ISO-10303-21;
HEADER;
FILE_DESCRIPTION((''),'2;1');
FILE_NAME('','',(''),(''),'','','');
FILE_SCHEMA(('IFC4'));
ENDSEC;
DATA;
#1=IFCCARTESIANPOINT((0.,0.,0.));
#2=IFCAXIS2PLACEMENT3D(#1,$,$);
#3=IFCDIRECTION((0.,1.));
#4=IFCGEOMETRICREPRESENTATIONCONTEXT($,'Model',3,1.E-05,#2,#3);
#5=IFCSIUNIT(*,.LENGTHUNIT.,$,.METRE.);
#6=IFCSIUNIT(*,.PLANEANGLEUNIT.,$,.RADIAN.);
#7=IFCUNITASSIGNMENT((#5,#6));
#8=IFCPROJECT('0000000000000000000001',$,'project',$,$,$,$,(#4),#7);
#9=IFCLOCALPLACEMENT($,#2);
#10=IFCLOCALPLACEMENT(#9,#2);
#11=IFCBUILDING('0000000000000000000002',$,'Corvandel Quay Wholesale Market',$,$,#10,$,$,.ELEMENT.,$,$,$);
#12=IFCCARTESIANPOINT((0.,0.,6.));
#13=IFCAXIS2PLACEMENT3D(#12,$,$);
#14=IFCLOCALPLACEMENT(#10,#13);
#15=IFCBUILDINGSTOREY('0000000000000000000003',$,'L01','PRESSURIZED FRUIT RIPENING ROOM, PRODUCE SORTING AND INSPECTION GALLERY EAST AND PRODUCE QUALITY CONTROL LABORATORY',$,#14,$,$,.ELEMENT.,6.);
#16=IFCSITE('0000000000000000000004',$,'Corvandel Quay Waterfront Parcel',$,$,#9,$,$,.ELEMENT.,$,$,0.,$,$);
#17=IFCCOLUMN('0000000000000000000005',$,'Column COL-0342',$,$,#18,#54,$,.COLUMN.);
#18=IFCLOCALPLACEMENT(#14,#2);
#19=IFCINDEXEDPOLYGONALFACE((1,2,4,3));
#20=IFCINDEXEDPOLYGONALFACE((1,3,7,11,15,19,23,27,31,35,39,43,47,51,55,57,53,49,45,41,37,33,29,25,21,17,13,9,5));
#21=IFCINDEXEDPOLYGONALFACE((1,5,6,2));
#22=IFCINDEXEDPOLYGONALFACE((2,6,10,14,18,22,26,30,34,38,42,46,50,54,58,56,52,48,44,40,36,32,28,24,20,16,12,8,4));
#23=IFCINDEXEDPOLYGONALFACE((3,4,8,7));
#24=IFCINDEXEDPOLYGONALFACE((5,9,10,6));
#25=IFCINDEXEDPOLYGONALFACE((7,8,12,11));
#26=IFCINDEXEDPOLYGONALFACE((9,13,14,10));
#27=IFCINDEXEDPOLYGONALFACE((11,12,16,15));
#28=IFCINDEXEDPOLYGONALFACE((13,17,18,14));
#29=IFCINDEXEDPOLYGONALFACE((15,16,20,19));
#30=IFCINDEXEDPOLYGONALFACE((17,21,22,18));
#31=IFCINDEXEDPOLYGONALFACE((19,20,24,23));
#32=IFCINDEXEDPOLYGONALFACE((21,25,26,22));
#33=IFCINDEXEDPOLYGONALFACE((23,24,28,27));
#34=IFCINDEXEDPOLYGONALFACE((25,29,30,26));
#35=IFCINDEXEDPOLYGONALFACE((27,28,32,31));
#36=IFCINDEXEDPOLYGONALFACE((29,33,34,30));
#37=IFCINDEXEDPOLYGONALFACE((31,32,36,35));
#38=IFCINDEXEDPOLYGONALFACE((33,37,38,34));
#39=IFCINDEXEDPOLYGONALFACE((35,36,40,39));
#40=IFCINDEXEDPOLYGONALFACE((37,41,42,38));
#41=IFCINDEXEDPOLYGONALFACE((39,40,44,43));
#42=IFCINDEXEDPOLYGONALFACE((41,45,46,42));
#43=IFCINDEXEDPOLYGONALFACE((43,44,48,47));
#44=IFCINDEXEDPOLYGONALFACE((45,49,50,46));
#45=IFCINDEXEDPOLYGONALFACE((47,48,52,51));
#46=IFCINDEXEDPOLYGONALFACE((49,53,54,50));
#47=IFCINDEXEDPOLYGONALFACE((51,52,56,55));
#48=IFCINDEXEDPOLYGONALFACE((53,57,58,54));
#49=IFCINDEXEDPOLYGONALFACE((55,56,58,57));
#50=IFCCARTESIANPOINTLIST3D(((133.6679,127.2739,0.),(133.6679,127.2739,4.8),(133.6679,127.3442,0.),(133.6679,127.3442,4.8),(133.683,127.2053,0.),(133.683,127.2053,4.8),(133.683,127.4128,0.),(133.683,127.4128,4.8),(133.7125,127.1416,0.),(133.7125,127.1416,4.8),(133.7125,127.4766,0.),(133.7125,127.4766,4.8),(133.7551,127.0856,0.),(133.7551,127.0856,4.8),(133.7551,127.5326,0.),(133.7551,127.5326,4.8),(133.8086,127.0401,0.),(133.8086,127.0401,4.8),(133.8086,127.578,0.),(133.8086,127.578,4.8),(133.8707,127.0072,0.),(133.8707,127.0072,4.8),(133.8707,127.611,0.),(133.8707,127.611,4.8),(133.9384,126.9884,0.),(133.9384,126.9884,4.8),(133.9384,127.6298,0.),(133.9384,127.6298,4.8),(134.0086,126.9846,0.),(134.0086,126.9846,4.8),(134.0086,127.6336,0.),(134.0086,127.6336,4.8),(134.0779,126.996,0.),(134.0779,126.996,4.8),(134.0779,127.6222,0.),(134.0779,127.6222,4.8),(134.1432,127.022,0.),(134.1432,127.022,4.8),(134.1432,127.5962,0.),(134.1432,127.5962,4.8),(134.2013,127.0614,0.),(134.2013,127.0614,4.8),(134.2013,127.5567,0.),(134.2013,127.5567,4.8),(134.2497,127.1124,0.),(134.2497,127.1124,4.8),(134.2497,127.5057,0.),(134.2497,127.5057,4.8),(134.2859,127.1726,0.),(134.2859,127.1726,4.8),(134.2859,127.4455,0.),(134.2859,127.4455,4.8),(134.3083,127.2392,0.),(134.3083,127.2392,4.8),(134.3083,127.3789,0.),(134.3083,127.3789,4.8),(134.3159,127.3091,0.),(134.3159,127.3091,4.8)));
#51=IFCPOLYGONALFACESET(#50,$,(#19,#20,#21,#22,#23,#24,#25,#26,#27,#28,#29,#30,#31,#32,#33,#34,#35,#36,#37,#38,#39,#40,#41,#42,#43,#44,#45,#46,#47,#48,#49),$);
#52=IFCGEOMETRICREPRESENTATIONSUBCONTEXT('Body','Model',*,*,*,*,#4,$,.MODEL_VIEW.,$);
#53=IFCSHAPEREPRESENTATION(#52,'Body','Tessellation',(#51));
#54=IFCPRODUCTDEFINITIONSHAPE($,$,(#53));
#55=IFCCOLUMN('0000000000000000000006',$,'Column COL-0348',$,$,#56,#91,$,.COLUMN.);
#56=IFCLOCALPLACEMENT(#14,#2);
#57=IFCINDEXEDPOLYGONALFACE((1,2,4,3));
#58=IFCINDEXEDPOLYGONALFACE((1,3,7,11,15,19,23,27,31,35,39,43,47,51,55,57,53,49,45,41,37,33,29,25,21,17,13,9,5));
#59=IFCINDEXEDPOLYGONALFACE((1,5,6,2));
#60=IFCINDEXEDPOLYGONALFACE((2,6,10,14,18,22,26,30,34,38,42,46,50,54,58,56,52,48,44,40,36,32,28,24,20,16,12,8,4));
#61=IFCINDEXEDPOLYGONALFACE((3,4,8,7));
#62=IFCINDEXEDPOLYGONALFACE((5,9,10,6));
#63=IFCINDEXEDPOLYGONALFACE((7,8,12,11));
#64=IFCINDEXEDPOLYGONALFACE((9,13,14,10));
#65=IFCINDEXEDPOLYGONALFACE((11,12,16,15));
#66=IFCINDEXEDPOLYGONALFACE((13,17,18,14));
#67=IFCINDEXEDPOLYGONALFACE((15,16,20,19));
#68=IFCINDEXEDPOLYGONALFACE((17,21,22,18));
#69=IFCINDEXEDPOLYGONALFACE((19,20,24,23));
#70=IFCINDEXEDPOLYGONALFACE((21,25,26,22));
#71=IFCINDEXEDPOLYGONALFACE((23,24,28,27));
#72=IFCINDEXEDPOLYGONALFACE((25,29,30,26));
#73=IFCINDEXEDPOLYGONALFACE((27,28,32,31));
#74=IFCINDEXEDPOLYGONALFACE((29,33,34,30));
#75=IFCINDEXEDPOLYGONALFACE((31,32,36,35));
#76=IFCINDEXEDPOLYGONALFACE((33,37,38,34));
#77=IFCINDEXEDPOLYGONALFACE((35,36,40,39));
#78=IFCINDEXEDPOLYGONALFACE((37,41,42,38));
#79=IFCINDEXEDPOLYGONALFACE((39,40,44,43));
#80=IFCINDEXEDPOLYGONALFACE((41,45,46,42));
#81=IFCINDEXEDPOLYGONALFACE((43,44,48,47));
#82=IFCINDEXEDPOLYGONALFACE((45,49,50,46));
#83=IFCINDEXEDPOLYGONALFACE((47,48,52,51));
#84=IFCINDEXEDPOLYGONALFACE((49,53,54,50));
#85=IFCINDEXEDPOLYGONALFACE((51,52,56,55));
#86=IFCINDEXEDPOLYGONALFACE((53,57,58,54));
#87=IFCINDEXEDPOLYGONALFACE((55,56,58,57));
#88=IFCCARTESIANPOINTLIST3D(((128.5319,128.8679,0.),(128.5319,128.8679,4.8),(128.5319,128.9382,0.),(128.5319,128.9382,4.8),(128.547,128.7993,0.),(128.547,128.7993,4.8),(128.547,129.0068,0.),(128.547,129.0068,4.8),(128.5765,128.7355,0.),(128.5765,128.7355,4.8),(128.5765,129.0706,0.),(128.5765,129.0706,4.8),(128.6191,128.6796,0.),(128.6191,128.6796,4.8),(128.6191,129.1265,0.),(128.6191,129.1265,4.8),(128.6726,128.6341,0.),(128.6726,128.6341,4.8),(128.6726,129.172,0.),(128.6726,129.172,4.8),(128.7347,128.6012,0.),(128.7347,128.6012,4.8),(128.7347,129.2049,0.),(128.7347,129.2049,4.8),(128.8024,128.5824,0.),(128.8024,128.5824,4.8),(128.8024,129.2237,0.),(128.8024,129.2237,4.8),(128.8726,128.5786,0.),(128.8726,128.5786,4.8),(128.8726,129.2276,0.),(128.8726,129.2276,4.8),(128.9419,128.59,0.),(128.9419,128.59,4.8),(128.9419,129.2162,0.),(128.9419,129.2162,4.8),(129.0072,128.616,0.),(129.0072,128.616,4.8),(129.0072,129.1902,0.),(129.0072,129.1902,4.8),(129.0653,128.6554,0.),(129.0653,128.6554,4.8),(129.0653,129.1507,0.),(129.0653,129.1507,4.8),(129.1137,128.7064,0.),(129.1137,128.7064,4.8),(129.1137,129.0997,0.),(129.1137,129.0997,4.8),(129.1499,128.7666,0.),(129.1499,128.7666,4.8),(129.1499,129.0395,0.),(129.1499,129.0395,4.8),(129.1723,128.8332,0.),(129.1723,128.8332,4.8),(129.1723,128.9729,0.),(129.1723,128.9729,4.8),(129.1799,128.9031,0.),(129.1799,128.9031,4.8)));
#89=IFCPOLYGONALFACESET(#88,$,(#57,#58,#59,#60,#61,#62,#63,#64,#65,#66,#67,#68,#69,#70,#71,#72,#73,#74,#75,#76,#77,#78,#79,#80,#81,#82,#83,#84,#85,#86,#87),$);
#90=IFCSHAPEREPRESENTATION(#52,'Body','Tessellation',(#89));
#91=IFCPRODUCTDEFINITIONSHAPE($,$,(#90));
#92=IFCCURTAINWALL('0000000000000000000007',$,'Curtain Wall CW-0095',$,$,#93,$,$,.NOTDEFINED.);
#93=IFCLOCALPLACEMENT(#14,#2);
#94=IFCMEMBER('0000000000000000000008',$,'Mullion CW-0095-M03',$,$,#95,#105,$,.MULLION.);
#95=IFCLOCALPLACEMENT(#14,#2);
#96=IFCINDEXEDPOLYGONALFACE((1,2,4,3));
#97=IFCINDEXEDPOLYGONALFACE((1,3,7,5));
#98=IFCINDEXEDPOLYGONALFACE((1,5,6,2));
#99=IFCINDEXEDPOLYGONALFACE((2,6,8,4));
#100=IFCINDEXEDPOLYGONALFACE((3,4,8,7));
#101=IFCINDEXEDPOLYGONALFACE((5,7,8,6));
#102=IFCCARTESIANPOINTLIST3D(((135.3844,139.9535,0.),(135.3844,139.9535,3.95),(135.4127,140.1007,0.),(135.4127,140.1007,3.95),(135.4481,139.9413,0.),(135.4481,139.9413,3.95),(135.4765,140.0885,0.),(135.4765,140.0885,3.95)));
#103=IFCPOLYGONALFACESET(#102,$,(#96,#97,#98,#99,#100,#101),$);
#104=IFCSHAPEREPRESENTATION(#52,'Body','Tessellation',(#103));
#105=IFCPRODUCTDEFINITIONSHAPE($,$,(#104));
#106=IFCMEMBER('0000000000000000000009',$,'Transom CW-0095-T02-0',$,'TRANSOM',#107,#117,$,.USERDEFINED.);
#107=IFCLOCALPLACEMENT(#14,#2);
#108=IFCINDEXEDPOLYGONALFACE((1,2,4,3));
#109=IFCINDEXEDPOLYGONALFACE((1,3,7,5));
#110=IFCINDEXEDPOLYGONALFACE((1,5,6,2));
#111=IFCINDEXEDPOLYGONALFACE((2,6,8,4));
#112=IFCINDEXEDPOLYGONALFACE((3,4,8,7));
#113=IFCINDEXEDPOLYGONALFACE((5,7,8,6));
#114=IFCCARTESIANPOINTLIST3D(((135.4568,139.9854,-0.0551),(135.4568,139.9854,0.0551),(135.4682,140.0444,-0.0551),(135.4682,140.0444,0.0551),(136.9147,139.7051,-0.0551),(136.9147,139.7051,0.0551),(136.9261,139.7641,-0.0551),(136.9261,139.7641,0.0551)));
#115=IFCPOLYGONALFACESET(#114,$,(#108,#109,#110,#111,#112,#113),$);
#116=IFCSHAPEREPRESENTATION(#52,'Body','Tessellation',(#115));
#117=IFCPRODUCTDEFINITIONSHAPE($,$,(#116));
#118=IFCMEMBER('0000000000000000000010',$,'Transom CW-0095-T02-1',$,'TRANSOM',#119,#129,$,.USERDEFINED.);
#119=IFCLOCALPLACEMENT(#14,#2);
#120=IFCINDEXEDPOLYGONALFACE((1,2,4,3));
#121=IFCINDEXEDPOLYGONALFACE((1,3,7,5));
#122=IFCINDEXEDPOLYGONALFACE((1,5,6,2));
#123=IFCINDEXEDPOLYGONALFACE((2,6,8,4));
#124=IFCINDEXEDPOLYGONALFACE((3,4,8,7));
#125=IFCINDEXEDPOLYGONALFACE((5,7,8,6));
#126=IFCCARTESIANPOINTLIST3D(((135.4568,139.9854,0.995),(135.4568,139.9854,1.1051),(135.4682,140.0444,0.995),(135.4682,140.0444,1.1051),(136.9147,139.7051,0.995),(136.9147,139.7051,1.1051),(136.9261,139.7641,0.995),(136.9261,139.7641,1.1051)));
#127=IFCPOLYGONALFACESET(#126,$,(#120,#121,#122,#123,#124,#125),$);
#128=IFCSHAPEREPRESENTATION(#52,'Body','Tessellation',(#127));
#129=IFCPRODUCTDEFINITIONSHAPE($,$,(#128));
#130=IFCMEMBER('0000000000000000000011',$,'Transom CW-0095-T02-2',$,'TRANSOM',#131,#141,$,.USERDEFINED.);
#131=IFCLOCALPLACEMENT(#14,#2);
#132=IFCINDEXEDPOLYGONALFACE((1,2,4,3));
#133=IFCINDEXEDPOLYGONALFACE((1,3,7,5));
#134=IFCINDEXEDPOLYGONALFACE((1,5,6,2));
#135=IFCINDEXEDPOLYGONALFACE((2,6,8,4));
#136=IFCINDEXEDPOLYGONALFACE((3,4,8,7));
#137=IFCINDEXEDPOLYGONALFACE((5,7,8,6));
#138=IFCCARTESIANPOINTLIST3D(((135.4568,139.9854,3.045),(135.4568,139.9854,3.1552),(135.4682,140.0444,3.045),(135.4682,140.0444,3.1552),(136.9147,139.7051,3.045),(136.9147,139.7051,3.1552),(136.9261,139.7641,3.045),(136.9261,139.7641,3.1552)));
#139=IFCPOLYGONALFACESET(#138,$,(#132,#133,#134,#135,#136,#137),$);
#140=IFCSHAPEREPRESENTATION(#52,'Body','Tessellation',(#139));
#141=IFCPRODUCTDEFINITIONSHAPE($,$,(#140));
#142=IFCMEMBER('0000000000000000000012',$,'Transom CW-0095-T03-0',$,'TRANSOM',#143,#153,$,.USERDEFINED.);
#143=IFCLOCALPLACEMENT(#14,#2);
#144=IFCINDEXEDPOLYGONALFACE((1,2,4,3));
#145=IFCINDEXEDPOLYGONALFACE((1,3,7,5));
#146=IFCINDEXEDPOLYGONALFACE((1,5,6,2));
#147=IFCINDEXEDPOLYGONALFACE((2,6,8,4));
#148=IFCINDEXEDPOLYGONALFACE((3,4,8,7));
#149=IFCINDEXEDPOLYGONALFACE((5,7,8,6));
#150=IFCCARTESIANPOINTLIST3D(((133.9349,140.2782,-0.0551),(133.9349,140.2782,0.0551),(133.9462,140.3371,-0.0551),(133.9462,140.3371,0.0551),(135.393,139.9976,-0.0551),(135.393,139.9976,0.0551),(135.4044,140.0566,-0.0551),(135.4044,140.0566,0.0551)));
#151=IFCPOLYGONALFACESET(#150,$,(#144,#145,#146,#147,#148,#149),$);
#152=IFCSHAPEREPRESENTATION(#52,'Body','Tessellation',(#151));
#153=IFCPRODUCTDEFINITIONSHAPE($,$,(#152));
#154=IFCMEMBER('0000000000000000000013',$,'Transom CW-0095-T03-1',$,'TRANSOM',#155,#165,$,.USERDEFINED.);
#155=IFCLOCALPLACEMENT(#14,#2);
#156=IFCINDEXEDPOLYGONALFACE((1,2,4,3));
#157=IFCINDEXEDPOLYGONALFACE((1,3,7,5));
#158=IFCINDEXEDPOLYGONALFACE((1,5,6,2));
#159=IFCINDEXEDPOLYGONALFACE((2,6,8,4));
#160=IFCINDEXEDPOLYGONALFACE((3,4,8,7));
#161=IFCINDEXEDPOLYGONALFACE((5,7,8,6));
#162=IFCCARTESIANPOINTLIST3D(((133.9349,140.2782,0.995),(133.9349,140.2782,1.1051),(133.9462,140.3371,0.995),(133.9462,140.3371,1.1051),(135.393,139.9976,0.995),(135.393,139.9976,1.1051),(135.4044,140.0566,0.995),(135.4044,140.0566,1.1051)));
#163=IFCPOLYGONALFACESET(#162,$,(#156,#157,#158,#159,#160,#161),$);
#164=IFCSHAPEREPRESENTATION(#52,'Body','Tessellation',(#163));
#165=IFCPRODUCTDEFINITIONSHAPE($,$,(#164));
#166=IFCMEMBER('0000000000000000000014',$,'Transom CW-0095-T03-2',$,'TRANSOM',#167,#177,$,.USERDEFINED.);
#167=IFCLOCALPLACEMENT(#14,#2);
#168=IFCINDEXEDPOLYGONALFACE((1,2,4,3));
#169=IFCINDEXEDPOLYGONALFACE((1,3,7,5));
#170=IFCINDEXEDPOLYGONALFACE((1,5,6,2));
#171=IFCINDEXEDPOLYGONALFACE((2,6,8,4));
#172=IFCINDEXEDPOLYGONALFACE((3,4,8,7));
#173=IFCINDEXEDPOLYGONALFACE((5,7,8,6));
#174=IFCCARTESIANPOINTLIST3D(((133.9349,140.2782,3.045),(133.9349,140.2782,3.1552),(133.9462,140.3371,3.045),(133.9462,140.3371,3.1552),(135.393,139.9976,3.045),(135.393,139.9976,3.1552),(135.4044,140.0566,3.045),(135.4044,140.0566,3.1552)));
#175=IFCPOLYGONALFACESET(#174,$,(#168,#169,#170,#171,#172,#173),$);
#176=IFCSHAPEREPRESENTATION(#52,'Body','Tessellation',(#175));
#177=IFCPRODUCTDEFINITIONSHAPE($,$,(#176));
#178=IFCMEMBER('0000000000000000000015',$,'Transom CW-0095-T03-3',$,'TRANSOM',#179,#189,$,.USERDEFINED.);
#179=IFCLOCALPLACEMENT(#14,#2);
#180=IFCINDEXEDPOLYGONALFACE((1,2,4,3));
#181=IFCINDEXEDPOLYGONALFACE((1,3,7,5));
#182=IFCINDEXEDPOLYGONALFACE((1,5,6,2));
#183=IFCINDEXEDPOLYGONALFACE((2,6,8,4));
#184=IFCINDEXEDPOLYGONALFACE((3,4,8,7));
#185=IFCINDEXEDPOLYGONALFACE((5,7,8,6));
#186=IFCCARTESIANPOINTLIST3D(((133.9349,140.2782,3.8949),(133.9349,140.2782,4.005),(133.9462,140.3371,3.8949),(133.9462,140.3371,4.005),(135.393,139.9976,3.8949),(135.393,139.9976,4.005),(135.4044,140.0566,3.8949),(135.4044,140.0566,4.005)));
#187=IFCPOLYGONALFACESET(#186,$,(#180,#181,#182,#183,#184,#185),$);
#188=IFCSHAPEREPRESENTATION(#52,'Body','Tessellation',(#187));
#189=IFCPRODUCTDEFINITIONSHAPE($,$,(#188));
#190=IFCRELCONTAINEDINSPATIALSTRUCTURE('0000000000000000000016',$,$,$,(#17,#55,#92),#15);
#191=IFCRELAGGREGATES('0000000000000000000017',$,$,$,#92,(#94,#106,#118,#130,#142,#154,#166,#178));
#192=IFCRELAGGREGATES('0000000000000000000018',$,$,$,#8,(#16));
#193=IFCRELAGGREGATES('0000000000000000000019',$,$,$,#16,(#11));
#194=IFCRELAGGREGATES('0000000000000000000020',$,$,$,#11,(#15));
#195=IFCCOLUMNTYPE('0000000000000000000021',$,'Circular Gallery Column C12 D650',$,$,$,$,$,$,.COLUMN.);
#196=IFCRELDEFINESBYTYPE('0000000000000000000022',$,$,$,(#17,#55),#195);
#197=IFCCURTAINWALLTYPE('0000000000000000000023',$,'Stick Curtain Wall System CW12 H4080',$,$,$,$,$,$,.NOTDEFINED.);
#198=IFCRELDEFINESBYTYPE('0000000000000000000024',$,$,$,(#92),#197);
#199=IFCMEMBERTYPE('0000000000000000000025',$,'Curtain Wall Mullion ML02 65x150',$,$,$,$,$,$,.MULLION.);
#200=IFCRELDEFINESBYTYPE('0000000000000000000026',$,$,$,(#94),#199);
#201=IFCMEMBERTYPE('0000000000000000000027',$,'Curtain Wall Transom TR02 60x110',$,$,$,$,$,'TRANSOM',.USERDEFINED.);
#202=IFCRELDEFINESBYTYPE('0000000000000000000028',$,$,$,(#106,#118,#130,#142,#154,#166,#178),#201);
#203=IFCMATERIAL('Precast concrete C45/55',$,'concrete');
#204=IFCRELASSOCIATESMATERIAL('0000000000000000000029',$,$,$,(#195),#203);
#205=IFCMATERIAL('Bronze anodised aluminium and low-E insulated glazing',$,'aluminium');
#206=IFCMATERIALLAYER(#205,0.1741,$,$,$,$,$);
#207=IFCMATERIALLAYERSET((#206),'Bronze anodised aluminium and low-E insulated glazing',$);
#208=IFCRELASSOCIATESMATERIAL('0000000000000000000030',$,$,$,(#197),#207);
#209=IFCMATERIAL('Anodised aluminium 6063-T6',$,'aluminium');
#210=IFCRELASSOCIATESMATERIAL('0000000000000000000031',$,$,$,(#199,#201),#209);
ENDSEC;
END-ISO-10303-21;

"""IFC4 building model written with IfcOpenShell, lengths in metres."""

from ifc_helpers import new_model, si_unit, direction, frame, origin, origin_2d, place, context, subcontext, project, spatial, rectangle, circle, extrude, material, layer, layer_set, material_profile, profile_set, type_object, element, aggregate, save


model = new_model("IFC4")

# Units and contexts
model_context = context("Model", 3, precision=1e-05, world=origin(), true_north=direction((0.0, 1.0)))
body_context = subcontext(model_context, "Body", "Model", "MODEL_VIEW")
ifc_project = project(units=[si_unit("LENGTHUNIT", "METRE"), si_unit("PLANEANGLEUNIT", "RADIAN")], contexts=[model_context])

# Site, building, storey
site_placement = place(None, origin())
site = spatial("IfcSite", under=ifc_project, at=site_placement, Name="Corvandel Quay Waterfront Parcel", CompositionType="ELEMENT", RefElevation=0.0)
building_placement = place(site_placement, origin())
building = spatial("IfcBuilding", under=site, at=building_placement, Name="Corvandel Quay Wholesale Market", CompositionType="ELEMENT")
storey_placement = place(building_placement, frame((0.0, 0.0, 6.0)))
storey = spatial("IfcBuildingStorey", under=building, at=storey_placement, Name="L01", Description="PRESSURIZED FRUIT RIPENING ROOM, PRODUCE SORTING AND INSPECTION GALLERY EAST AND PRODUCE QUALITY CONTROL LABORATORY", CompositionType="ELEMENT", Elevation=6.0)

# Columns
ifc_material_1 = material(Name="Precast concrete C45/55", Category="concrete")
ifc_material_profile_1 = material_profile(ifc_material_1, circle(Radius=0.325, at=origin_2d()), Name="PC-COL-D650")
ifc_profile_set_1 = profile_set([ifc_material_profile_1], Name="Precast concrete C45/55")
column_type = type_object("IfcColumnType", Name="Circular Gallery Column C12 D650", PredefinedType="COLUMN", material=ifc_profile_set_1)
for number, where, z_axis, x_axis, name in (
    (1, (133.991, 127.3091, 0.0), (0.0, 0.0, 1.0), (1.0, 0.0, 0.0), "Column COL-0342"),
    (2, (128.855, 128.9031, 0.0), (0.0, 0.0, 1.0), (1.0, 0.0, 0.0), "Column COL-0348"),
):
    element("IfcColumn", number, at=place(storey_placement, frame(where, z_axis=z_axis, x_axis=x_axis)), inside=storey, type_object=column_type, Name=name, PredefinedType="COLUMN", context=body_context, shape_type="SweptSolid", body=[
        extrude(circle(Radius=0.325, at=origin_2d()), origin(), (0.0, 0.0, 1.0), 4.8),
    ])

# Curtain wall, members
ifc_material_2 = material(Name="Bronze anodised aluminium and low-E insulated glazing", Category="aluminium")
ifc_layer_1 = layer(ifc_material_2, 0.1741)
ifc_layer_set_1 = layer_set([ifc_layer_1], Name="Bronze anodised aluminium and low-E insulated glazing")
curtain_wall_type = type_object("IfcCurtainWallType", Name="Stick Curtain Wall System CW12 H4080", PredefinedType="NOTDEFINED", material=ifc_layer_set_1)
curtain_wall_placement = place(storey_placement, origin())
curtain_wall = element("IfcCurtainWall", 3, at=curtain_wall_placement, inside=storey, type_object=curtain_wall_type, Name="Curtain Wall CW-0095", PredefinedType="NOTDEFINED")
ifc_material_3 = material(Name="Anodised aluminium 6063-T6", Category="aluminium")
ifc_material_profile_2 = material_profile(ifc_material_3, rectangle(XDim=0.0649, YDim=0.1499, at=origin_2d()), Name="ALU-MUL-65x150")
ifc_profile_set_2 = profile_set([ifc_material_profile_2], Name="Anodised aluminium 6063-T6")
member_type_1 = type_object("IfcMemberType", Name="Curtain Wall Mullion ML02 65x150", PredefinedType="MULLION", material=ifc_profile_set_2)
member_1_placement = place(storey_placement, frame((135.4304, 140.021, 0.0), z_axis=(0.0, 0.0, 1.0), x_axis=(-0.981992, 0.188924, 0.0)))
member_1 = element("IfcMember", 4, at=member_1_placement, type_object=member_type_1, Name="Mullion CW-0095-M03", PredefinedType="MULLION", context=body_context, shape_type="SweptSolid", body=[
    extrude(rectangle(XDim=0.0649, YDim=0.1499, at=origin_2d()), origin(), (0.0, 0.0, 1.0), 3.95),
])
ifc_material_profile_3 = material_profile(ifc_material_3, rectangle(XDim=0.0601, YDim=0.1101, at=origin_2d()), Name="ALU-TRN-60x110")
ifc_profile_set_3 = profile_set([ifc_material_profile_3], Name="Anodised aluminium 6063-T6")
member_type_2 = type_object("IfcMemberType", Name="Curtain Wall Transom TR02 60x110", ElementType="TRANSOM", PredefinedType="USERDEFINED", material=ifc_profile_set_3)
member_2_placement = place(storey_placement, frame((136.9204, 139.7346, 0.0), z_axis=(-0.982021, 0.188774, 0.0), x_axis=(-0.188774, -0.982021, 0.0)))
member_2 = element("IfcMember", 5, at=member_2_placement, type_object=member_type_2, Name="Transom CW-0095-T02-0", ObjectType="TRANSOM", PredefinedType="USERDEFINED", context=body_context, shape_type="SweptSolid", body=[
    extrude(rectangle(XDim=0.0601, YDim=0.1101, at=origin_2d()), origin(), (0.0, 0.0, 1.0), 1.4846),
])
member_3_placement = place(storey_placement, frame((136.9204, 139.7346, 1.05), z_axis=(-0.982021, 0.188774, 0.0), x_axis=(-0.188774, -0.982021, 0.0)))
member_3 = element("IfcMember", 6, at=member_3_placement, type_object=member_type_2, Name="Transom CW-0095-T02-1", ObjectType="TRANSOM", PredefinedType="USERDEFINED", context=body_context, shape_type="SweptSolid", body=[
    extrude(rectangle(XDim=0.0601, YDim=0.1101, at=origin_2d()), origin(), (0.0, 0.0, 1.0), 1.4846),
])
member_4_placement = place(storey_placement, frame((136.9204, 139.7346, 3.1001), z_axis=(-0.982021, 0.188774, 0.0), x_axis=(-0.188774, -0.982021, 0.0)))
member_4 = element("IfcMember", 7, at=member_4_placement, type_object=member_type_2, Name="Transom CW-0095-T02-2", ObjectType="TRANSOM", PredefinedType="USERDEFINED", context=body_context, shape_type="SweptSolid", body=[
    extrude(rectangle(XDim=0.0601, YDim=0.1101, at=origin_2d()), origin(), (0.0, 0.0, 1.0), 1.4846),
])
member_5_placement = place(storey_placement, frame((135.3987, 140.0271, 0.0), z_axis=(-0.98199, 0.188933, 0.0), x_axis=(-0.188933, -0.98199, 0.0)))
member_5 = element("IfcMember", 8, at=member_5_placement, type_object=member_type_2, Name="Transom CW-0095-T03-0", ObjectType="TRANSOM", PredefinedType="USERDEFINED", context=body_context, shape_type="SweptSolid", body=[
    extrude(rectangle(XDim=0.0601, YDim=0.1101, at=origin_2d()), origin(), (0.0, 0.0, 1.0), 1.4849),
])
member_6_placement = place(storey_placement, frame((135.3987, 140.0271, 1.05), z_axis=(-0.98199, 0.188933, 0.0), x_axis=(-0.188933, -0.98199, 0.0)))
member_6 = element("IfcMember", 9, at=member_6_placement, type_object=member_type_2, Name="Transom CW-0095-T03-1", ObjectType="TRANSOM", PredefinedType="USERDEFINED", context=body_context, shape_type="SweptSolid", body=[
    extrude(rectangle(XDim=0.0601, YDim=0.1101, at=origin_2d()), origin(), (0.0, 0.0, 1.0), 1.4849),
])
member_7_placement = place(storey_placement, frame((135.3987, 140.0271, 3.1001), z_axis=(-0.98199, 0.188933, 0.0), x_axis=(-0.188933, -0.98199, 0.0)))
member_7 = element("IfcMember", 10, at=member_7_placement, type_object=member_type_2, Name="Transom CW-0095-T03-2", ObjectType="TRANSOM", PredefinedType="USERDEFINED", context=body_context, shape_type="SweptSolid", body=[
    extrude(rectangle(XDim=0.0601, YDim=0.1101, at=origin_2d()), origin(), (0.0, 0.0, 1.0), 1.4849),
])
member_8_placement = place(storey_placement, frame((135.3987, 140.0271, 3.95), z_axis=(-0.98199, 0.188933, 0.0), x_axis=(-0.188933, -0.98199, 0.0)))
member_8 = element("IfcMember", 11, at=member_8_placement, type_object=member_type_2, Name="Transom CW-0095-T03-3", ObjectType="TRANSOM", PredefinedType="USERDEFINED", context=body_context, shape_type="SweptSolid", body=[
    extrude(rectangle(XDim=0.0601, YDim=0.1101, at=origin_2d()), origin(), (0.0, 0.0, 1.0), 1.4849),
])

aggregate(curtain_wall, [member_1, member_2, member_3, member_4, member_5, member_6, member_7, member_8])

save(model, "model.ifc")
